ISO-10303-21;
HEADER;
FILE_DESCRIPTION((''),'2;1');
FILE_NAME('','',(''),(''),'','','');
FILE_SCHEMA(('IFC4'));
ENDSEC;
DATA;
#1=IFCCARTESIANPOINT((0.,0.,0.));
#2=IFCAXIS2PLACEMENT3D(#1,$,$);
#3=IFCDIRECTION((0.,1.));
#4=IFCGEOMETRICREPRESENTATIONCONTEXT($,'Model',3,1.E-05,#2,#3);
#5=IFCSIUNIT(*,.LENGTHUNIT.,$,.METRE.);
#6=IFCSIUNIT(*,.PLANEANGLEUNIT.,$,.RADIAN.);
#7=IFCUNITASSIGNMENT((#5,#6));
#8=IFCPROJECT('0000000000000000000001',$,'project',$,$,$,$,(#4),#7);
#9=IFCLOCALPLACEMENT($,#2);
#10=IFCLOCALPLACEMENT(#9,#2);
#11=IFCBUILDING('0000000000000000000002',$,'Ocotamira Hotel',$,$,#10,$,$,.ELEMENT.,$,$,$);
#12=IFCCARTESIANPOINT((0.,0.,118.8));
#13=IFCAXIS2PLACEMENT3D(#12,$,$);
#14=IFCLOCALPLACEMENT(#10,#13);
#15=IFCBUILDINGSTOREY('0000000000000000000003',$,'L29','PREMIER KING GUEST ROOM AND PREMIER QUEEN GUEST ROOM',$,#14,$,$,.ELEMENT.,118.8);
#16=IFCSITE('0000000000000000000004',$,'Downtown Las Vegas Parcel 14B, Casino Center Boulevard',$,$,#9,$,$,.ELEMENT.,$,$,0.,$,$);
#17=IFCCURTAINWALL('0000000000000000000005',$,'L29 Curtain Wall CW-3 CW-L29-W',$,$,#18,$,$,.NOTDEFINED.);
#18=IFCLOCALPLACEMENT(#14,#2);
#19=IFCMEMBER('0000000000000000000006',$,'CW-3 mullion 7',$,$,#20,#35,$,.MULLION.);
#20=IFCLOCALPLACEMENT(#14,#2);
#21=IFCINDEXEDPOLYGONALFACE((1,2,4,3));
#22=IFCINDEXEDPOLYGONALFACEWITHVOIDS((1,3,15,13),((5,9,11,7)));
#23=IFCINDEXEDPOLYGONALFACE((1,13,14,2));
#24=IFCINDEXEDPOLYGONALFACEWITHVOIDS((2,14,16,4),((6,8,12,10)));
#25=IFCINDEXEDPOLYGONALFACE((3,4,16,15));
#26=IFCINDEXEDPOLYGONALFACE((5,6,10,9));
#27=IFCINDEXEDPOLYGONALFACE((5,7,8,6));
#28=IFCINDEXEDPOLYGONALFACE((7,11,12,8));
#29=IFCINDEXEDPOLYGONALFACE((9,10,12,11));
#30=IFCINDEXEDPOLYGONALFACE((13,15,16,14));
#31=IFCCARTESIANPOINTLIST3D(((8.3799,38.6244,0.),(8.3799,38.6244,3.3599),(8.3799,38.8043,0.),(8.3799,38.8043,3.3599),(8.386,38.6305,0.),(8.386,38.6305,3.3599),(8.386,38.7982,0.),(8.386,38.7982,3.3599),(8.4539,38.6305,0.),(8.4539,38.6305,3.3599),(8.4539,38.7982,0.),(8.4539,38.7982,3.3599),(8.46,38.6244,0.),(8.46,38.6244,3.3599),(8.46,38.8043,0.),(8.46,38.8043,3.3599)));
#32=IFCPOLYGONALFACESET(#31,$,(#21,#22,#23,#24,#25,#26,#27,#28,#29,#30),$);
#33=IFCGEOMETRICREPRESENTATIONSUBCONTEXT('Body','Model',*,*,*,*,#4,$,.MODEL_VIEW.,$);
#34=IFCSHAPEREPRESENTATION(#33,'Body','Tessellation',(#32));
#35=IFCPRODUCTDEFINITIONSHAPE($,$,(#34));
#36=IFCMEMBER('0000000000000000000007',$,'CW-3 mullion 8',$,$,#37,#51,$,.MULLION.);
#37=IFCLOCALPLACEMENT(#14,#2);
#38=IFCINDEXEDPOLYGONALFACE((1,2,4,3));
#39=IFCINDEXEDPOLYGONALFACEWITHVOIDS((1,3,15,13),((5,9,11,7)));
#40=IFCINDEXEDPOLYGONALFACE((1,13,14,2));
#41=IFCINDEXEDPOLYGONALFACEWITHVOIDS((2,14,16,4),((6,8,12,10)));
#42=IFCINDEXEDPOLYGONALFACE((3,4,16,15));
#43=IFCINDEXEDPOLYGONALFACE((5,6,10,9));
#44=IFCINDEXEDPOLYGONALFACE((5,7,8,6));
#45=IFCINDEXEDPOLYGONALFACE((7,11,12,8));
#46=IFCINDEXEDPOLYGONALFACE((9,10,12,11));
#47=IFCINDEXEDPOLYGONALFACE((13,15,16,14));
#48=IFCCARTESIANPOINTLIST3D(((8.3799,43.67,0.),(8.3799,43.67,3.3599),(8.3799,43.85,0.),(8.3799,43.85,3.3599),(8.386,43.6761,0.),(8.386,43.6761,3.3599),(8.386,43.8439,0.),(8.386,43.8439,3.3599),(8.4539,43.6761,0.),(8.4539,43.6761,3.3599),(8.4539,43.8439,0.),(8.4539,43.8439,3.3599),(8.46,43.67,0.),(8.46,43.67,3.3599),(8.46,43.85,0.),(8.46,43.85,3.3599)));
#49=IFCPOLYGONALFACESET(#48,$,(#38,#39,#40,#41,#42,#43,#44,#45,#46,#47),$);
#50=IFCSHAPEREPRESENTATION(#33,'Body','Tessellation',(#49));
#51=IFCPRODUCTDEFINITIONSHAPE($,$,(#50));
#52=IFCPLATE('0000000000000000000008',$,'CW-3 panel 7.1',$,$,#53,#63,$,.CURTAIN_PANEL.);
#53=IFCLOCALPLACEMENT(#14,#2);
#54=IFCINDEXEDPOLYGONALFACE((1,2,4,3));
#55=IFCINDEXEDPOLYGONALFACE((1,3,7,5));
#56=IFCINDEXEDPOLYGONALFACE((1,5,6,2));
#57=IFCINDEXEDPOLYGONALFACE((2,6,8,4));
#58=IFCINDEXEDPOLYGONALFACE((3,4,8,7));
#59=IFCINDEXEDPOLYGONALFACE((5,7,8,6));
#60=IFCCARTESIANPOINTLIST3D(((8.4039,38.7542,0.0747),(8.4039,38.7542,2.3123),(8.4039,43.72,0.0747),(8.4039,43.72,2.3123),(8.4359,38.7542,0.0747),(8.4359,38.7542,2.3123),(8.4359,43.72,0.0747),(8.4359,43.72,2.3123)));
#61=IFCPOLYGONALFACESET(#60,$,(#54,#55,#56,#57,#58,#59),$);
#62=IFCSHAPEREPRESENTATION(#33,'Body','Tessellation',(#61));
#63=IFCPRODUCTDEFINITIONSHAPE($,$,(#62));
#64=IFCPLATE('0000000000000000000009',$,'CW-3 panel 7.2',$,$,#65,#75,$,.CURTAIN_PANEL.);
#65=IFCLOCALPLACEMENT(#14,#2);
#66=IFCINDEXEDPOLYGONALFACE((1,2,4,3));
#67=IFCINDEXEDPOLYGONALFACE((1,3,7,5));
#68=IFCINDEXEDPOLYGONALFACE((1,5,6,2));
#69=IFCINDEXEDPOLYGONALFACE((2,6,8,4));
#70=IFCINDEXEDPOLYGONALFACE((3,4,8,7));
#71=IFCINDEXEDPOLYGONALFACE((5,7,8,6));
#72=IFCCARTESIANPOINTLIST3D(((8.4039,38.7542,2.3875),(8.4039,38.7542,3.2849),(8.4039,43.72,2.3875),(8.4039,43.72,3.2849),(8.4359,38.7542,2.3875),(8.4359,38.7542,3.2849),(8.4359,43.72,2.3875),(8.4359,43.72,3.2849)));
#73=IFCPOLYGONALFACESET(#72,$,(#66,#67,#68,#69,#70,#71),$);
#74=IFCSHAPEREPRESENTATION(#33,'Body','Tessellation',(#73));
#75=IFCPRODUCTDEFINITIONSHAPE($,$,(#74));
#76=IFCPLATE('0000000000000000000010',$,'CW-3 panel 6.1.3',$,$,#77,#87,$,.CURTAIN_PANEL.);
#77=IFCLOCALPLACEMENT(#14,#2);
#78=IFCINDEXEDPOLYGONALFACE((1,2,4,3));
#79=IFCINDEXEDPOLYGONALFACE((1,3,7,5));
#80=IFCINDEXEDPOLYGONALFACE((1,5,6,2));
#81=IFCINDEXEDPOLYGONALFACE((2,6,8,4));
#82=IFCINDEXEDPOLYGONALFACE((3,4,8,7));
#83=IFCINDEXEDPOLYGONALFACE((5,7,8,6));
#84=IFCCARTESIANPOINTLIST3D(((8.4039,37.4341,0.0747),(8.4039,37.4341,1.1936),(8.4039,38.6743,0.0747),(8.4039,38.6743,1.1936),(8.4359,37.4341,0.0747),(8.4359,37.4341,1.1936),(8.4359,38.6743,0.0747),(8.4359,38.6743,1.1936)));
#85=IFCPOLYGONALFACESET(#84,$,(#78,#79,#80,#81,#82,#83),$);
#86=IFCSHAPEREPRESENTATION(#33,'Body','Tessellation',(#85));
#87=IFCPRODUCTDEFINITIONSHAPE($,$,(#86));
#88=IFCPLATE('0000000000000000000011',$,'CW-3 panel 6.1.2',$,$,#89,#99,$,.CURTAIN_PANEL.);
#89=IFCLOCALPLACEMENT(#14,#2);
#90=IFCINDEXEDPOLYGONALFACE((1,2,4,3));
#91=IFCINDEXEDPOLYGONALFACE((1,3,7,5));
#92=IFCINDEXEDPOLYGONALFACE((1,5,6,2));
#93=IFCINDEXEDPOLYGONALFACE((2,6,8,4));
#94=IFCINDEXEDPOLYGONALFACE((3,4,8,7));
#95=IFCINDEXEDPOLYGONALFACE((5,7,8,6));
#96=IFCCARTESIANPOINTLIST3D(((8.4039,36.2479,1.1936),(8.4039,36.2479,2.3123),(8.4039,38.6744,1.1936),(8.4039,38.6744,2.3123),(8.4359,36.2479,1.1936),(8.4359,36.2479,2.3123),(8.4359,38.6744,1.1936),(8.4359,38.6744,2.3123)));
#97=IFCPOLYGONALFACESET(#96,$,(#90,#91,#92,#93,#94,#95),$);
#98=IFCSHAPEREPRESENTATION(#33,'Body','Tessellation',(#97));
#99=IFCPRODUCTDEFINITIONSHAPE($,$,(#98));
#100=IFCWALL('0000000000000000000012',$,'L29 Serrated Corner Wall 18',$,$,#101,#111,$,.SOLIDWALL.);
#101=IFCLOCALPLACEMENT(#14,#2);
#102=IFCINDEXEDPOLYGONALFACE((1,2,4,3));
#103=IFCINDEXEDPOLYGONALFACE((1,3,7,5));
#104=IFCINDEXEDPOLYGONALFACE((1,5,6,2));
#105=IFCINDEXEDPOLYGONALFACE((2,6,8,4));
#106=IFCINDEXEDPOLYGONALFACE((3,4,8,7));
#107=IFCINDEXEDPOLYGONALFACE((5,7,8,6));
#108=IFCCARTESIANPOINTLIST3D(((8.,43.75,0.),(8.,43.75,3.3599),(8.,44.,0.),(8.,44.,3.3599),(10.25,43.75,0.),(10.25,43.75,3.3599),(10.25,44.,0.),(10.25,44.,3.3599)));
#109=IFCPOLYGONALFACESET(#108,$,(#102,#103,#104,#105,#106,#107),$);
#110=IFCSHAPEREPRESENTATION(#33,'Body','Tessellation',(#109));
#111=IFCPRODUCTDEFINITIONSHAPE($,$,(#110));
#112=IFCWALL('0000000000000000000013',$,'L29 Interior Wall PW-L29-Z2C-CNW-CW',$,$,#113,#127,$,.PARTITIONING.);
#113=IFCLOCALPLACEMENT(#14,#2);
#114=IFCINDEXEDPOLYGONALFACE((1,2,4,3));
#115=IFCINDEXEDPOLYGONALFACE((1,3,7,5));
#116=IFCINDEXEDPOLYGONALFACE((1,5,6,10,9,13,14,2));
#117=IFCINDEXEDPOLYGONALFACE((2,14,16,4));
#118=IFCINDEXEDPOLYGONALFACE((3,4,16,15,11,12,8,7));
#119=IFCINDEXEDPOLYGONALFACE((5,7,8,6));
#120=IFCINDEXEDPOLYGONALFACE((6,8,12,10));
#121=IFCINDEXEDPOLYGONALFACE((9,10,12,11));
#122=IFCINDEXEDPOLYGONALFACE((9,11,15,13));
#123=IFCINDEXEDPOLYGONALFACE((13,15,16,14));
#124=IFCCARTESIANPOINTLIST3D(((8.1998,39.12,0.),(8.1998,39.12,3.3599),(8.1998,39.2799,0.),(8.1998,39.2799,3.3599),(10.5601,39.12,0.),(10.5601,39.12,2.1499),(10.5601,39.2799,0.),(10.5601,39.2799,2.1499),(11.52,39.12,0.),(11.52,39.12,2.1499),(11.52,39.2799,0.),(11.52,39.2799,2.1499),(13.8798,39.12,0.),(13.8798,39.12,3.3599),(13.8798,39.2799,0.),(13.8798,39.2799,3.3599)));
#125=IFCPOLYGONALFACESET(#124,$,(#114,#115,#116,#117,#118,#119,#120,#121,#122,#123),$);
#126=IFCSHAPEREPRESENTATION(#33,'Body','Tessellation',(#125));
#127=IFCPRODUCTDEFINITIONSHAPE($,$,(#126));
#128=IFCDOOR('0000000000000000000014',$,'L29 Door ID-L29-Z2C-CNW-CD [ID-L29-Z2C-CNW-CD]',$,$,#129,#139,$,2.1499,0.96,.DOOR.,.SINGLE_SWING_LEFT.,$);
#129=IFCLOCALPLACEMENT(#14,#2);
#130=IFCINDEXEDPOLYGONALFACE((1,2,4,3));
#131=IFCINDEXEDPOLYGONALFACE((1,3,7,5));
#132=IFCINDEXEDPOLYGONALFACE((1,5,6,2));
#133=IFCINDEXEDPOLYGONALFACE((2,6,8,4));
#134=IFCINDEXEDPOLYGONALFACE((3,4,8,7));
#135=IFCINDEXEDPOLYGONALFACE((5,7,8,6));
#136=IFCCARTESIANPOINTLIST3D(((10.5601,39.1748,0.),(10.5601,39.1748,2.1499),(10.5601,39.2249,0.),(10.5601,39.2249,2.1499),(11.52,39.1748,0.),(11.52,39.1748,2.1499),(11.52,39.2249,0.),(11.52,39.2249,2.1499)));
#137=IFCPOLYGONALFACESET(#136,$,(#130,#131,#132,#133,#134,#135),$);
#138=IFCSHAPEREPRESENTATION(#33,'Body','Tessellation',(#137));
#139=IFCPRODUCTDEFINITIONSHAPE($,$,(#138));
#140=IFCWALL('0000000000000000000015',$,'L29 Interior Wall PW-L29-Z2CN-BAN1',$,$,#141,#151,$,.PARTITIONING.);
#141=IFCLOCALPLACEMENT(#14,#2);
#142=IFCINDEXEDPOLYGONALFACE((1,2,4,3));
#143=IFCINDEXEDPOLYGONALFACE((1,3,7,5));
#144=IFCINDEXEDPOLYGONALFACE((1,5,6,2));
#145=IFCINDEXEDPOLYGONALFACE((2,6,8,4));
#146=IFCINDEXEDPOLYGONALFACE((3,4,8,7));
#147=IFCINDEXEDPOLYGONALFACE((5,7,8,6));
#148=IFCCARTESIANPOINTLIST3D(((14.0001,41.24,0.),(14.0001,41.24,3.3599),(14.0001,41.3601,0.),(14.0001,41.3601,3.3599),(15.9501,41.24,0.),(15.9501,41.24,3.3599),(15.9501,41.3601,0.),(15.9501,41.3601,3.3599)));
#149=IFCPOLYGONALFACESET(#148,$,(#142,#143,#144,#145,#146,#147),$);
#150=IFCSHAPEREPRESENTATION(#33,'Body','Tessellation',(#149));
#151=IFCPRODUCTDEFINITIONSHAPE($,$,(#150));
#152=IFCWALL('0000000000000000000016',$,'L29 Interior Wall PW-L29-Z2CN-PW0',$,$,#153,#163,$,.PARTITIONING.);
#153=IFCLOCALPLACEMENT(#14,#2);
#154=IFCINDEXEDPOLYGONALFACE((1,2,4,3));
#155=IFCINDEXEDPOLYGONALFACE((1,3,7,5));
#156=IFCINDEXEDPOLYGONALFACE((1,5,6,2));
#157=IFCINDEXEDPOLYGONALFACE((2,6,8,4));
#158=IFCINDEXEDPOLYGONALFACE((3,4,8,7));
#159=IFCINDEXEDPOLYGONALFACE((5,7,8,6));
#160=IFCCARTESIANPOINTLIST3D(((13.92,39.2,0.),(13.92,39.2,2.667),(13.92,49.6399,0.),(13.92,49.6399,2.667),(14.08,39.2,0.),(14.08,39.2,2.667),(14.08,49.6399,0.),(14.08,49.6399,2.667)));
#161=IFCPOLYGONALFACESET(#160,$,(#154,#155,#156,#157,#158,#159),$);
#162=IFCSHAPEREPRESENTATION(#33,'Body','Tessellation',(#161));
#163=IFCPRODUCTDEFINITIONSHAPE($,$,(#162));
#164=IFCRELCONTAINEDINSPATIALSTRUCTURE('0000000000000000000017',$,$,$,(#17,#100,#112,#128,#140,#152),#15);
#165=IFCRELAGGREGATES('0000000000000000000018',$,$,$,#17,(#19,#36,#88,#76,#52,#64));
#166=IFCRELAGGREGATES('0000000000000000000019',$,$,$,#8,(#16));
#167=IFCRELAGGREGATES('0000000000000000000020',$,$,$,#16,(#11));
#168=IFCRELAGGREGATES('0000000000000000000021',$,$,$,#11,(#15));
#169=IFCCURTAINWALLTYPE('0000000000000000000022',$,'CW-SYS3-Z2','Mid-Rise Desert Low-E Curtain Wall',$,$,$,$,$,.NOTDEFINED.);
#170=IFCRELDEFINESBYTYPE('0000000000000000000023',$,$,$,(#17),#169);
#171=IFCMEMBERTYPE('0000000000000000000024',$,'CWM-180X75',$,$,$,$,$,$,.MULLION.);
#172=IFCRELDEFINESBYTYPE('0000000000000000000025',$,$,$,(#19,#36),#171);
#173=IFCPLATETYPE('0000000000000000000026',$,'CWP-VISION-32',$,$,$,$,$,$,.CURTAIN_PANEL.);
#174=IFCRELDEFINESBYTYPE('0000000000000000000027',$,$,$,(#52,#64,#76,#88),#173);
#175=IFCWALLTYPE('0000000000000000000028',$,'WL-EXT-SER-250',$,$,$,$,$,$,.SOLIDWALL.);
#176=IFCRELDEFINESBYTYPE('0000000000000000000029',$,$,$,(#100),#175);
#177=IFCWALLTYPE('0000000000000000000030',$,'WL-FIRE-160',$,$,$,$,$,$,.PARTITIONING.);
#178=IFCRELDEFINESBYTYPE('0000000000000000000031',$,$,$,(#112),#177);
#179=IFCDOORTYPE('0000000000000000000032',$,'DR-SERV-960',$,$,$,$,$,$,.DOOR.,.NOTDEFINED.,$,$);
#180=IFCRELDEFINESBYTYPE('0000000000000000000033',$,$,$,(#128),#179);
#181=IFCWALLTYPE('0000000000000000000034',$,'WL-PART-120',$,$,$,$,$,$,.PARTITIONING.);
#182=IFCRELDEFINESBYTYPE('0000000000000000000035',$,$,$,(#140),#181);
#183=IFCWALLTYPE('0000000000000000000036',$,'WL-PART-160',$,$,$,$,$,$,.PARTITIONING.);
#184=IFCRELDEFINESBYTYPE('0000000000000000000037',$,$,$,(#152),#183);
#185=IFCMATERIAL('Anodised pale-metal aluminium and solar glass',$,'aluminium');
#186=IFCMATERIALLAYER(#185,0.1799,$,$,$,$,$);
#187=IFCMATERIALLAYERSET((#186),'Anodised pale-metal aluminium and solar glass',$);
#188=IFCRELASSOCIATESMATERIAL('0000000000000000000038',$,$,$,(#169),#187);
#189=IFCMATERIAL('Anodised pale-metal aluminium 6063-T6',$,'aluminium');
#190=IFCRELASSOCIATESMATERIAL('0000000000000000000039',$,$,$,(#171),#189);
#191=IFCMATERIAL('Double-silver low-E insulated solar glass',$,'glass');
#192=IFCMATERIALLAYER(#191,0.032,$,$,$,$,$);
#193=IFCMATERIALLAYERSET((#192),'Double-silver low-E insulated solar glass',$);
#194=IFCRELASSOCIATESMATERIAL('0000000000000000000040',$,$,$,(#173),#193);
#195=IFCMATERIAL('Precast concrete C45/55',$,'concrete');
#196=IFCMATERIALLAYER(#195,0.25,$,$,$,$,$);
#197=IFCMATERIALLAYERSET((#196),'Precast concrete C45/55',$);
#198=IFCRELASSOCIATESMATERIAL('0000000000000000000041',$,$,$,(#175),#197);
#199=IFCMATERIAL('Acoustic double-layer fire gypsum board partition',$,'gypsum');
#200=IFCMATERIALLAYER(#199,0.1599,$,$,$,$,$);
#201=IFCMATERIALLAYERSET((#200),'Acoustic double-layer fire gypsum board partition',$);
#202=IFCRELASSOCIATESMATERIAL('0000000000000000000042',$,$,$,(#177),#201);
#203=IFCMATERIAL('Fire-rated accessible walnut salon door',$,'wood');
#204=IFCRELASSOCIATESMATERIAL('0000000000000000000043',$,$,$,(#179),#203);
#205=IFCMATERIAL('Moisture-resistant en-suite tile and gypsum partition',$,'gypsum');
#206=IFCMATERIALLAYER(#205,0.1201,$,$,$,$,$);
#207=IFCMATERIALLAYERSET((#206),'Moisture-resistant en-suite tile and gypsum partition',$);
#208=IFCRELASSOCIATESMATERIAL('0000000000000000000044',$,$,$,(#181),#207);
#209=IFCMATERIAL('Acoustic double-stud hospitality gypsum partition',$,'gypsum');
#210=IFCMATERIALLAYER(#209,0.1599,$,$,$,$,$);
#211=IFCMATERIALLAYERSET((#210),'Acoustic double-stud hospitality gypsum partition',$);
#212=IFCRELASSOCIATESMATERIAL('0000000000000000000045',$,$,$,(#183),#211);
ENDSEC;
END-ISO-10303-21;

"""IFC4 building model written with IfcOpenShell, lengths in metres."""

from ifc_helpers import new_model, si_unit, direction, frame, frame_2d, origin, origin_2d, place, context, subcontext, project, spatial, rectangle, hollow_rectangle, extrude, source, transform, mapped, material, layer, layer_set, material_profile, profile_set, type_object, element, fill, aggregate, save


model = new_model("IFC4")

# Units and contexts
model_context = context("Model", 3, precision=1e-05, world=origin(), true_north=direction((0.0, 1.0)))
body_context = subcontext(model_context, "Body", "Model", "MODEL_VIEW")
ifc_project = project(units=[si_unit("LENGTHUNIT", "METRE"), si_unit("PLANEANGLEUNIT", "RADIAN")], contexts=[model_context])

# Site, building, storey
site_placement = place(None, origin())
site = spatial("IfcSite", under=ifc_project, at=site_placement, Name="Downtown Las Vegas Parcel 14B, Casino Center Boulevard", CompositionType="ELEMENT", RefElevation=0.0)
building_placement = place(site_placement, origin())
building = spatial("IfcBuilding", under=site, at=building_placement, Name="Ocotamira Hotel", CompositionType="ELEMENT")
storey_placement = place(building_placement, frame((0.0, 0.0, 118.8)))
storey = spatial("IfcBuildingStorey", under=building, at=storey_placement, Name="L29", Description="PREMIER KING GUEST ROOM AND PREMIER QUEEN GUEST ROOM", CompositionType="ELEMENT", Elevation=118.8)

# Curtain wall, members, plates
ifc_material_1 = material(Name="Anodised pale-metal aluminium and solar glass", Category="aluminium")
ifc_layer_1 = layer(ifc_material_1, 0.1799)
ifc_layer_set_1 = layer_set([ifc_layer_1], Name="Anodised pale-metal aluminium and solar glass")
curtain_wall_type = type_object("IfcCurtainWallType", Name="CW-SYS3-Z2", Description="Mid-Rise Desert Low-E Curtain Wall", PredefinedType="NOTDEFINED", material=ifc_layer_set_1)
curtain_wall_placement = place(storey_placement, origin())
curtain_wall = element("IfcCurtainWall", 1, at=curtain_wall_placement, inside=storey, type_object=curtain_wall_type, Name="L29 Curtain Wall CW-3 CW-L29-W", PredefinedType="NOTDEFINED")
ifc_material_2 = material(Name="Anodised pale-metal aluminium 6063-T6", Category="aluminium")
ifc_material_profile_1 = material_profile(ifc_material_2, hollow_rectangle(XDim=0.0801, YDim=0.1799, WallThickness=0.0061, at=origin_2d()), Name="HSS180X80X6")
ifc_profile_set_1 = profile_set([ifc_material_profile_1], Name="Anodised pale-metal aluminium 6063-T6")
member_type_1 = type_object("IfcMemberType", Name="CWM-180X75", PredefinedType="MULLION", material=ifc_profile_set_1)
shared_shape_1 = source(origin(), body_context, "Body", "SweptSolid", [
    extrude(hollow_rectangle(XDim=0.0801, YDim=0.1799, WallThickness=0.0061, at=origin_2d()), origin(), (0.0, 0.0, 1.0), 3.3599),
])
member_1_placement = place(storey_placement, frame((8.4199, 38.7144, 0.0), z_axis=(0.0, 0.0, 1.0), x_axis=(-1.0, 0.0, 0.0)))
member_1 = element("IfcMember", 2, at=member_1_placement, type_object=member_type_1, Name="CW-3 mullion 7", PredefinedType="MULLION", context=body_context, shape_type="MappedRepresentation", body=[
    mapped(shared_shape_1, transform((0.0, 0.0, 0.0), scale=1.0)),
])
member_2_placement = place(storey_placement, frame((8.4199, 43.76, 0.0), z_axis=(0.0, 0.0, 1.0), x_axis=(-1.0, 0.0, 0.0)))
member_2 = element("IfcMember", 3, at=member_2_placement, type_object=member_type_1, Name="CW-3 mullion 8", PredefinedType="MULLION", context=body_context, shape_type="MappedRepresentation", body=[
    mapped(shared_shape_1, transform((0.0, 0.0, 0.0), scale=1.0)),
])
ifc_material_3 = material(Name="Double-silver low-E insulated solar glass", Category="glass")
ifc_layer_2 = layer(ifc_material_3, 0.032)
ifc_layer_set_2 = layer_set([ifc_layer_2], Name="Double-silver low-E insulated solar glass")
plate_type = type_object("IfcPlateType", Name="CWP-VISION-32", PredefinedType="CURTAIN_PANEL", material=ifc_layer_set_2)
shared_shape_2 = source(origin(), body_context, "Body", "SweptSolid", [
    extrude(rectangle(XDim=4.9658, YDim=0.032, at=origin_2d()), origin(), (0.0, 0.0, 1.0), 2.2375),
])
plate_1_placement = place(storey_placement, frame((8.4199, 41.2371, 0.0747), z_axis=(0.0, 0.0, 1.0), x_axis=(0.0, 1.0, 0.0)))
plate_1 = element("IfcPlate", 4, at=plate_1_placement, type_object=plate_type, Name="CW-3 panel 7.1", PredefinedType="CURTAIN_PANEL", context=body_context, shape_type="MappedRepresentation", body=[
    mapped(shared_shape_2, transform((0.0, 0.0, 0.0), scale=1.0)),
])
shared_shape_3 = source(origin(), body_context, "Body", "SweptSolid", [
    extrude(rectangle(XDim=4.9658, YDim=0.032, at=origin_2d()), origin(), (0.0, 0.0, 1.0), 0.8975),
])
plate_2_placement = place(storey_placement, frame((8.4199, 41.2371, 2.3875), z_axis=(0.0, 0.0, 1.0), x_axis=(0.0, 1.0, 0.0)))
plate_2 = element("IfcPlate", 5, at=plate_2_placement, type_object=plate_type, Name="CW-3 panel 7.2", PredefinedType="CURTAIN_PANEL", context=body_context, shape_type="MappedRepresentation", body=[
    mapped(shared_shape_3, transform((0.0, 0.0, 0.0), scale=1.0)),
])
shared_shape_4 = source(origin(), body_context, "Body", "SweptSolid", [
    extrude(rectangle(XDim=1.2402, YDim=0.032, at=origin_2d()), origin(), (0.0, 0.0, 1.0), 1.1189),
])
plate_3_placement = place(storey_placement, frame((8.4199, 38.0542, 0.0747), z_axis=(0.0, 0.0, 1.0), x_axis=(0.0, 1.0, 0.0)))
plate_3 = element("IfcPlate", 6, at=plate_3_placement, type_object=plate_type, Name="CW-3 panel 6.1.3", PredefinedType="CURTAIN_PANEL", context=body_context, shape_type="MappedRepresentation", body=[
    mapped(shared_shape_4, transform((0.0, 0.0, 0.0), scale=1.0)),
])
shared_shape_5 = source(origin(), body_context, "Body", "SweptSolid", [
    extrude(rectangle(XDim=2.4265, YDim=0.032, at=origin_2d()), origin(), (0.0, 0.0, 1.0), 1.1187),
])
plate_4_placement = place(storey_placement, frame((8.4199, 37.4612, 1.1936), z_axis=(0.0, 0.0, 1.0), x_axis=(0.0, 1.0, 0.0)))
plate_4 = element("IfcPlate", 7, at=plate_4_placement, type_object=plate_type, Name="CW-3 panel 6.1.2", PredefinedType="CURTAIN_PANEL", context=body_context, shape_type="MappedRepresentation", body=[
    mapped(shared_shape_5, transform((0.0, 0.0, 0.0), scale=1.0)),
])
aggregate(curtain_wall, [member_1, member_2, plate_4, plate_3, plate_1, plate_2])

# Wall
ifc_material_4 = material(Name="Precast concrete C45/55", Category="concrete")
ifc_layer_3 = layer(ifc_material_4, 0.25)
ifc_layer_set_3 = layer_set([ifc_layer_3], Name="Precast concrete C45/55")
wall_type_1 = type_object("IfcWallType", Name="WL-EXT-SER-250", PredefinedType="SOLIDWALL", material=ifc_layer_set_3)
wall_1_placement = place(storey_placement, frame((10.25, 43.875, 0.0), z_axis=(0.0, 0.0, 1.0), x_axis=(-1.0, 0.0, 0.0)))
element("IfcWall", 8, at=wall_1_placement, inside=storey, type_object=wall_type_1, Name="L29 Serrated Corner Wall 18", PredefinedType="SOLIDWALL", context=body_context, shape_type="SweptSolid", body=[
    extrude(rectangle(XDim=2.25, YDim=0.25, at=frame_2d((1.125, 0.0))), origin(), (0.0, 0.0, 1.0), 3.3599),
])

# Wall, opening, door
ifc_material_5 = material(Name="Acoustic double-layer fire gypsum board partition", Category="gypsum")
ifc_layer_4 = layer(ifc_material_5, 0.1599)
ifc_layer_set_4 = layer_set([ifc_layer_4], Name="Acoustic double-layer fire gypsum board partition")
wall_type_2 = type_object("IfcWallType", Name="WL-FIRE-160", PredefinedType="PARTITIONING", material=ifc_layer_set_4)
wall_2_placement = place(storey_placement, frame((8.2, 39.2, 0.0), z_axis=(0.0, 0.0, 1.0), x_axis=(1.0, 0.0, 0.0)))
wall_2 = element("IfcWall", 9, at=wall_2_placement, inside=storey, type_object=wall_type_2, Name="L29 Interior Wall PW-L29-Z2C-CNW-CW", PredefinedType="PARTITIONING", context=body_context, shape_type="SweptSolid", body=[
    extrude(rectangle(XDim=5.6799, YDim=0.1599, at=frame_2d((2.8398, 0.0))), origin(), (0.0, 0.0, 1.0), 3.3599),
])
opening_1_placement = place(wall_2_placement, frame((2.3601, 0.0, 0.0)))
opening_1 = element("IfcOpeningElement", 10, at=opening_1_placement, cuts=wall_2, PredefinedType="OPENING", context=body_context, shape_type="SweptSolid", body=[
    extrude(rectangle(XDim=0.96, YDim=2.1499, at=frame_2d((0.48, 1.075))), frame((0.0, 0.0898, 0.0), z_axis=(0.0, -1.0, 0.0), x_axis=(1.0, 0.0, 0.0)), (0.0, 0.0, 1.0), 0.1799),
])
ifc_material_6 = material(Name="Fire-rated accessible walnut salon door", Category="wood")
door_type_1 = type_object("IfcDoorType", Name="DR-SERV-960", OperationType="NOTDEFINED", PredefinedType="DOOR", material=ifc_material_6)
shared_shape_6 = source(origin(), body_context, "Body", "SweptSolid", [
    extrude(rectangle(XDim=0.96, YDim=2.1499, at=frame_2d((0.48, 1.075))), frame((0.0, 0.0249, 0.0), z_axis=(0.0, -1.0, 0.0), x_axis=(1.0, 0.0, 0.0)), (0.0, 0.0, 1.0), 0.05),
])
door_1_placement = place(opening_1_placement, origin())
door_1 = element("IfcDoor", 11, at=door_1_placement, inside=storey, type_object=door_type_1, Name="L29 Door ID-L29-Z2C-CNW-CD [ID-L29-Z2C-CNW-CD]", OperationType="SINGLE_SWING_LEFT", OverallHeight=2.1499, OverallWidth=0.96, PredefinedType="DOOR", context=body_context, shape_type="MappedRepresentation", body=[
    mapped(shared_shape_6, transform((0.0, 0.0, 0.0), scale=1.0)),
])
fill(opening_1, door_1)

# Walls
ifc_material_7 = material(Name="Moisture-resistant en-suite tile and gypsum partition", Category="gypsum")
ifc_layer_5 = layer(ifc_material_7, 0.1201)
ifc_layer_set_5 = layer_set([ifc_layer_5], Name="Moisture-resistant en-suite tile and gypsum partition")
wall_type_3 = type_object("IfcWallType", Name="WL-PART-120", PredefinedType="PARTITIONING", material=ifc_layer_set_5)
wall_3_placement = place(storey_placement, frame((14.0, 41.3, 0.0), z_axis=(0.0, 0.0, 1.0), x_axis=(1.0, 0.0, 0.0)))
element("IfcWall", 12, at=wall_3_placement, inside=storey, type_object=wall_type_3, Name="L29 Interior Wall PW-L29-Z2CN-BAN1", PredefinedType="PARTITIONING", context=body_context, shape_type="SweptSolid", body=[
    extrude(rectangle(XDim=1.95, YDim=0.1201, at=frame_2d((0.9751, 0.0))), origin(), (0.0, 0.0, 1.0), 3.3599),
])
ifc_material_8 = material(Name="Acoustic double-stud hospitality gypsum partition", Category="gypsum")
ifc_layer_6 = layer(ifc_material_8, 0.1599)
ifc_layer_set_6 = layer_set([ifc_layer_6], Name="Acoustic double-stud hospitality gypsum partition")
wall_type_4 = type_object("IfcWallType", Name="WL-PART-160", PredefinedType="PARTITIONING", material=ifc_layer_set_6)
wall_4_placement = place(storey_placement, frame((14.0, 39.2, 0.0), z_axis=(0.0, 0.0, 1.0), x_axis=(0.0, 1.0, 0.0)))
element("IfcWall", 13, at=wall_4_placement, inside=storey, type_object=wall_type_4, Name="L29 Interior Wall PW-L29-Z2CN-PW0", PredefinedType="PARTITIONING", context=body_context, shape_type="SweptSolid", body=[
    extrude(rectangle(XDim=10.4399, YDim=0.1599, at=frame_2d((5.22, 0.0))), origin(), (0.0, 0.0, 1.0), 2.667),
])

save(model, "model.ifc")
